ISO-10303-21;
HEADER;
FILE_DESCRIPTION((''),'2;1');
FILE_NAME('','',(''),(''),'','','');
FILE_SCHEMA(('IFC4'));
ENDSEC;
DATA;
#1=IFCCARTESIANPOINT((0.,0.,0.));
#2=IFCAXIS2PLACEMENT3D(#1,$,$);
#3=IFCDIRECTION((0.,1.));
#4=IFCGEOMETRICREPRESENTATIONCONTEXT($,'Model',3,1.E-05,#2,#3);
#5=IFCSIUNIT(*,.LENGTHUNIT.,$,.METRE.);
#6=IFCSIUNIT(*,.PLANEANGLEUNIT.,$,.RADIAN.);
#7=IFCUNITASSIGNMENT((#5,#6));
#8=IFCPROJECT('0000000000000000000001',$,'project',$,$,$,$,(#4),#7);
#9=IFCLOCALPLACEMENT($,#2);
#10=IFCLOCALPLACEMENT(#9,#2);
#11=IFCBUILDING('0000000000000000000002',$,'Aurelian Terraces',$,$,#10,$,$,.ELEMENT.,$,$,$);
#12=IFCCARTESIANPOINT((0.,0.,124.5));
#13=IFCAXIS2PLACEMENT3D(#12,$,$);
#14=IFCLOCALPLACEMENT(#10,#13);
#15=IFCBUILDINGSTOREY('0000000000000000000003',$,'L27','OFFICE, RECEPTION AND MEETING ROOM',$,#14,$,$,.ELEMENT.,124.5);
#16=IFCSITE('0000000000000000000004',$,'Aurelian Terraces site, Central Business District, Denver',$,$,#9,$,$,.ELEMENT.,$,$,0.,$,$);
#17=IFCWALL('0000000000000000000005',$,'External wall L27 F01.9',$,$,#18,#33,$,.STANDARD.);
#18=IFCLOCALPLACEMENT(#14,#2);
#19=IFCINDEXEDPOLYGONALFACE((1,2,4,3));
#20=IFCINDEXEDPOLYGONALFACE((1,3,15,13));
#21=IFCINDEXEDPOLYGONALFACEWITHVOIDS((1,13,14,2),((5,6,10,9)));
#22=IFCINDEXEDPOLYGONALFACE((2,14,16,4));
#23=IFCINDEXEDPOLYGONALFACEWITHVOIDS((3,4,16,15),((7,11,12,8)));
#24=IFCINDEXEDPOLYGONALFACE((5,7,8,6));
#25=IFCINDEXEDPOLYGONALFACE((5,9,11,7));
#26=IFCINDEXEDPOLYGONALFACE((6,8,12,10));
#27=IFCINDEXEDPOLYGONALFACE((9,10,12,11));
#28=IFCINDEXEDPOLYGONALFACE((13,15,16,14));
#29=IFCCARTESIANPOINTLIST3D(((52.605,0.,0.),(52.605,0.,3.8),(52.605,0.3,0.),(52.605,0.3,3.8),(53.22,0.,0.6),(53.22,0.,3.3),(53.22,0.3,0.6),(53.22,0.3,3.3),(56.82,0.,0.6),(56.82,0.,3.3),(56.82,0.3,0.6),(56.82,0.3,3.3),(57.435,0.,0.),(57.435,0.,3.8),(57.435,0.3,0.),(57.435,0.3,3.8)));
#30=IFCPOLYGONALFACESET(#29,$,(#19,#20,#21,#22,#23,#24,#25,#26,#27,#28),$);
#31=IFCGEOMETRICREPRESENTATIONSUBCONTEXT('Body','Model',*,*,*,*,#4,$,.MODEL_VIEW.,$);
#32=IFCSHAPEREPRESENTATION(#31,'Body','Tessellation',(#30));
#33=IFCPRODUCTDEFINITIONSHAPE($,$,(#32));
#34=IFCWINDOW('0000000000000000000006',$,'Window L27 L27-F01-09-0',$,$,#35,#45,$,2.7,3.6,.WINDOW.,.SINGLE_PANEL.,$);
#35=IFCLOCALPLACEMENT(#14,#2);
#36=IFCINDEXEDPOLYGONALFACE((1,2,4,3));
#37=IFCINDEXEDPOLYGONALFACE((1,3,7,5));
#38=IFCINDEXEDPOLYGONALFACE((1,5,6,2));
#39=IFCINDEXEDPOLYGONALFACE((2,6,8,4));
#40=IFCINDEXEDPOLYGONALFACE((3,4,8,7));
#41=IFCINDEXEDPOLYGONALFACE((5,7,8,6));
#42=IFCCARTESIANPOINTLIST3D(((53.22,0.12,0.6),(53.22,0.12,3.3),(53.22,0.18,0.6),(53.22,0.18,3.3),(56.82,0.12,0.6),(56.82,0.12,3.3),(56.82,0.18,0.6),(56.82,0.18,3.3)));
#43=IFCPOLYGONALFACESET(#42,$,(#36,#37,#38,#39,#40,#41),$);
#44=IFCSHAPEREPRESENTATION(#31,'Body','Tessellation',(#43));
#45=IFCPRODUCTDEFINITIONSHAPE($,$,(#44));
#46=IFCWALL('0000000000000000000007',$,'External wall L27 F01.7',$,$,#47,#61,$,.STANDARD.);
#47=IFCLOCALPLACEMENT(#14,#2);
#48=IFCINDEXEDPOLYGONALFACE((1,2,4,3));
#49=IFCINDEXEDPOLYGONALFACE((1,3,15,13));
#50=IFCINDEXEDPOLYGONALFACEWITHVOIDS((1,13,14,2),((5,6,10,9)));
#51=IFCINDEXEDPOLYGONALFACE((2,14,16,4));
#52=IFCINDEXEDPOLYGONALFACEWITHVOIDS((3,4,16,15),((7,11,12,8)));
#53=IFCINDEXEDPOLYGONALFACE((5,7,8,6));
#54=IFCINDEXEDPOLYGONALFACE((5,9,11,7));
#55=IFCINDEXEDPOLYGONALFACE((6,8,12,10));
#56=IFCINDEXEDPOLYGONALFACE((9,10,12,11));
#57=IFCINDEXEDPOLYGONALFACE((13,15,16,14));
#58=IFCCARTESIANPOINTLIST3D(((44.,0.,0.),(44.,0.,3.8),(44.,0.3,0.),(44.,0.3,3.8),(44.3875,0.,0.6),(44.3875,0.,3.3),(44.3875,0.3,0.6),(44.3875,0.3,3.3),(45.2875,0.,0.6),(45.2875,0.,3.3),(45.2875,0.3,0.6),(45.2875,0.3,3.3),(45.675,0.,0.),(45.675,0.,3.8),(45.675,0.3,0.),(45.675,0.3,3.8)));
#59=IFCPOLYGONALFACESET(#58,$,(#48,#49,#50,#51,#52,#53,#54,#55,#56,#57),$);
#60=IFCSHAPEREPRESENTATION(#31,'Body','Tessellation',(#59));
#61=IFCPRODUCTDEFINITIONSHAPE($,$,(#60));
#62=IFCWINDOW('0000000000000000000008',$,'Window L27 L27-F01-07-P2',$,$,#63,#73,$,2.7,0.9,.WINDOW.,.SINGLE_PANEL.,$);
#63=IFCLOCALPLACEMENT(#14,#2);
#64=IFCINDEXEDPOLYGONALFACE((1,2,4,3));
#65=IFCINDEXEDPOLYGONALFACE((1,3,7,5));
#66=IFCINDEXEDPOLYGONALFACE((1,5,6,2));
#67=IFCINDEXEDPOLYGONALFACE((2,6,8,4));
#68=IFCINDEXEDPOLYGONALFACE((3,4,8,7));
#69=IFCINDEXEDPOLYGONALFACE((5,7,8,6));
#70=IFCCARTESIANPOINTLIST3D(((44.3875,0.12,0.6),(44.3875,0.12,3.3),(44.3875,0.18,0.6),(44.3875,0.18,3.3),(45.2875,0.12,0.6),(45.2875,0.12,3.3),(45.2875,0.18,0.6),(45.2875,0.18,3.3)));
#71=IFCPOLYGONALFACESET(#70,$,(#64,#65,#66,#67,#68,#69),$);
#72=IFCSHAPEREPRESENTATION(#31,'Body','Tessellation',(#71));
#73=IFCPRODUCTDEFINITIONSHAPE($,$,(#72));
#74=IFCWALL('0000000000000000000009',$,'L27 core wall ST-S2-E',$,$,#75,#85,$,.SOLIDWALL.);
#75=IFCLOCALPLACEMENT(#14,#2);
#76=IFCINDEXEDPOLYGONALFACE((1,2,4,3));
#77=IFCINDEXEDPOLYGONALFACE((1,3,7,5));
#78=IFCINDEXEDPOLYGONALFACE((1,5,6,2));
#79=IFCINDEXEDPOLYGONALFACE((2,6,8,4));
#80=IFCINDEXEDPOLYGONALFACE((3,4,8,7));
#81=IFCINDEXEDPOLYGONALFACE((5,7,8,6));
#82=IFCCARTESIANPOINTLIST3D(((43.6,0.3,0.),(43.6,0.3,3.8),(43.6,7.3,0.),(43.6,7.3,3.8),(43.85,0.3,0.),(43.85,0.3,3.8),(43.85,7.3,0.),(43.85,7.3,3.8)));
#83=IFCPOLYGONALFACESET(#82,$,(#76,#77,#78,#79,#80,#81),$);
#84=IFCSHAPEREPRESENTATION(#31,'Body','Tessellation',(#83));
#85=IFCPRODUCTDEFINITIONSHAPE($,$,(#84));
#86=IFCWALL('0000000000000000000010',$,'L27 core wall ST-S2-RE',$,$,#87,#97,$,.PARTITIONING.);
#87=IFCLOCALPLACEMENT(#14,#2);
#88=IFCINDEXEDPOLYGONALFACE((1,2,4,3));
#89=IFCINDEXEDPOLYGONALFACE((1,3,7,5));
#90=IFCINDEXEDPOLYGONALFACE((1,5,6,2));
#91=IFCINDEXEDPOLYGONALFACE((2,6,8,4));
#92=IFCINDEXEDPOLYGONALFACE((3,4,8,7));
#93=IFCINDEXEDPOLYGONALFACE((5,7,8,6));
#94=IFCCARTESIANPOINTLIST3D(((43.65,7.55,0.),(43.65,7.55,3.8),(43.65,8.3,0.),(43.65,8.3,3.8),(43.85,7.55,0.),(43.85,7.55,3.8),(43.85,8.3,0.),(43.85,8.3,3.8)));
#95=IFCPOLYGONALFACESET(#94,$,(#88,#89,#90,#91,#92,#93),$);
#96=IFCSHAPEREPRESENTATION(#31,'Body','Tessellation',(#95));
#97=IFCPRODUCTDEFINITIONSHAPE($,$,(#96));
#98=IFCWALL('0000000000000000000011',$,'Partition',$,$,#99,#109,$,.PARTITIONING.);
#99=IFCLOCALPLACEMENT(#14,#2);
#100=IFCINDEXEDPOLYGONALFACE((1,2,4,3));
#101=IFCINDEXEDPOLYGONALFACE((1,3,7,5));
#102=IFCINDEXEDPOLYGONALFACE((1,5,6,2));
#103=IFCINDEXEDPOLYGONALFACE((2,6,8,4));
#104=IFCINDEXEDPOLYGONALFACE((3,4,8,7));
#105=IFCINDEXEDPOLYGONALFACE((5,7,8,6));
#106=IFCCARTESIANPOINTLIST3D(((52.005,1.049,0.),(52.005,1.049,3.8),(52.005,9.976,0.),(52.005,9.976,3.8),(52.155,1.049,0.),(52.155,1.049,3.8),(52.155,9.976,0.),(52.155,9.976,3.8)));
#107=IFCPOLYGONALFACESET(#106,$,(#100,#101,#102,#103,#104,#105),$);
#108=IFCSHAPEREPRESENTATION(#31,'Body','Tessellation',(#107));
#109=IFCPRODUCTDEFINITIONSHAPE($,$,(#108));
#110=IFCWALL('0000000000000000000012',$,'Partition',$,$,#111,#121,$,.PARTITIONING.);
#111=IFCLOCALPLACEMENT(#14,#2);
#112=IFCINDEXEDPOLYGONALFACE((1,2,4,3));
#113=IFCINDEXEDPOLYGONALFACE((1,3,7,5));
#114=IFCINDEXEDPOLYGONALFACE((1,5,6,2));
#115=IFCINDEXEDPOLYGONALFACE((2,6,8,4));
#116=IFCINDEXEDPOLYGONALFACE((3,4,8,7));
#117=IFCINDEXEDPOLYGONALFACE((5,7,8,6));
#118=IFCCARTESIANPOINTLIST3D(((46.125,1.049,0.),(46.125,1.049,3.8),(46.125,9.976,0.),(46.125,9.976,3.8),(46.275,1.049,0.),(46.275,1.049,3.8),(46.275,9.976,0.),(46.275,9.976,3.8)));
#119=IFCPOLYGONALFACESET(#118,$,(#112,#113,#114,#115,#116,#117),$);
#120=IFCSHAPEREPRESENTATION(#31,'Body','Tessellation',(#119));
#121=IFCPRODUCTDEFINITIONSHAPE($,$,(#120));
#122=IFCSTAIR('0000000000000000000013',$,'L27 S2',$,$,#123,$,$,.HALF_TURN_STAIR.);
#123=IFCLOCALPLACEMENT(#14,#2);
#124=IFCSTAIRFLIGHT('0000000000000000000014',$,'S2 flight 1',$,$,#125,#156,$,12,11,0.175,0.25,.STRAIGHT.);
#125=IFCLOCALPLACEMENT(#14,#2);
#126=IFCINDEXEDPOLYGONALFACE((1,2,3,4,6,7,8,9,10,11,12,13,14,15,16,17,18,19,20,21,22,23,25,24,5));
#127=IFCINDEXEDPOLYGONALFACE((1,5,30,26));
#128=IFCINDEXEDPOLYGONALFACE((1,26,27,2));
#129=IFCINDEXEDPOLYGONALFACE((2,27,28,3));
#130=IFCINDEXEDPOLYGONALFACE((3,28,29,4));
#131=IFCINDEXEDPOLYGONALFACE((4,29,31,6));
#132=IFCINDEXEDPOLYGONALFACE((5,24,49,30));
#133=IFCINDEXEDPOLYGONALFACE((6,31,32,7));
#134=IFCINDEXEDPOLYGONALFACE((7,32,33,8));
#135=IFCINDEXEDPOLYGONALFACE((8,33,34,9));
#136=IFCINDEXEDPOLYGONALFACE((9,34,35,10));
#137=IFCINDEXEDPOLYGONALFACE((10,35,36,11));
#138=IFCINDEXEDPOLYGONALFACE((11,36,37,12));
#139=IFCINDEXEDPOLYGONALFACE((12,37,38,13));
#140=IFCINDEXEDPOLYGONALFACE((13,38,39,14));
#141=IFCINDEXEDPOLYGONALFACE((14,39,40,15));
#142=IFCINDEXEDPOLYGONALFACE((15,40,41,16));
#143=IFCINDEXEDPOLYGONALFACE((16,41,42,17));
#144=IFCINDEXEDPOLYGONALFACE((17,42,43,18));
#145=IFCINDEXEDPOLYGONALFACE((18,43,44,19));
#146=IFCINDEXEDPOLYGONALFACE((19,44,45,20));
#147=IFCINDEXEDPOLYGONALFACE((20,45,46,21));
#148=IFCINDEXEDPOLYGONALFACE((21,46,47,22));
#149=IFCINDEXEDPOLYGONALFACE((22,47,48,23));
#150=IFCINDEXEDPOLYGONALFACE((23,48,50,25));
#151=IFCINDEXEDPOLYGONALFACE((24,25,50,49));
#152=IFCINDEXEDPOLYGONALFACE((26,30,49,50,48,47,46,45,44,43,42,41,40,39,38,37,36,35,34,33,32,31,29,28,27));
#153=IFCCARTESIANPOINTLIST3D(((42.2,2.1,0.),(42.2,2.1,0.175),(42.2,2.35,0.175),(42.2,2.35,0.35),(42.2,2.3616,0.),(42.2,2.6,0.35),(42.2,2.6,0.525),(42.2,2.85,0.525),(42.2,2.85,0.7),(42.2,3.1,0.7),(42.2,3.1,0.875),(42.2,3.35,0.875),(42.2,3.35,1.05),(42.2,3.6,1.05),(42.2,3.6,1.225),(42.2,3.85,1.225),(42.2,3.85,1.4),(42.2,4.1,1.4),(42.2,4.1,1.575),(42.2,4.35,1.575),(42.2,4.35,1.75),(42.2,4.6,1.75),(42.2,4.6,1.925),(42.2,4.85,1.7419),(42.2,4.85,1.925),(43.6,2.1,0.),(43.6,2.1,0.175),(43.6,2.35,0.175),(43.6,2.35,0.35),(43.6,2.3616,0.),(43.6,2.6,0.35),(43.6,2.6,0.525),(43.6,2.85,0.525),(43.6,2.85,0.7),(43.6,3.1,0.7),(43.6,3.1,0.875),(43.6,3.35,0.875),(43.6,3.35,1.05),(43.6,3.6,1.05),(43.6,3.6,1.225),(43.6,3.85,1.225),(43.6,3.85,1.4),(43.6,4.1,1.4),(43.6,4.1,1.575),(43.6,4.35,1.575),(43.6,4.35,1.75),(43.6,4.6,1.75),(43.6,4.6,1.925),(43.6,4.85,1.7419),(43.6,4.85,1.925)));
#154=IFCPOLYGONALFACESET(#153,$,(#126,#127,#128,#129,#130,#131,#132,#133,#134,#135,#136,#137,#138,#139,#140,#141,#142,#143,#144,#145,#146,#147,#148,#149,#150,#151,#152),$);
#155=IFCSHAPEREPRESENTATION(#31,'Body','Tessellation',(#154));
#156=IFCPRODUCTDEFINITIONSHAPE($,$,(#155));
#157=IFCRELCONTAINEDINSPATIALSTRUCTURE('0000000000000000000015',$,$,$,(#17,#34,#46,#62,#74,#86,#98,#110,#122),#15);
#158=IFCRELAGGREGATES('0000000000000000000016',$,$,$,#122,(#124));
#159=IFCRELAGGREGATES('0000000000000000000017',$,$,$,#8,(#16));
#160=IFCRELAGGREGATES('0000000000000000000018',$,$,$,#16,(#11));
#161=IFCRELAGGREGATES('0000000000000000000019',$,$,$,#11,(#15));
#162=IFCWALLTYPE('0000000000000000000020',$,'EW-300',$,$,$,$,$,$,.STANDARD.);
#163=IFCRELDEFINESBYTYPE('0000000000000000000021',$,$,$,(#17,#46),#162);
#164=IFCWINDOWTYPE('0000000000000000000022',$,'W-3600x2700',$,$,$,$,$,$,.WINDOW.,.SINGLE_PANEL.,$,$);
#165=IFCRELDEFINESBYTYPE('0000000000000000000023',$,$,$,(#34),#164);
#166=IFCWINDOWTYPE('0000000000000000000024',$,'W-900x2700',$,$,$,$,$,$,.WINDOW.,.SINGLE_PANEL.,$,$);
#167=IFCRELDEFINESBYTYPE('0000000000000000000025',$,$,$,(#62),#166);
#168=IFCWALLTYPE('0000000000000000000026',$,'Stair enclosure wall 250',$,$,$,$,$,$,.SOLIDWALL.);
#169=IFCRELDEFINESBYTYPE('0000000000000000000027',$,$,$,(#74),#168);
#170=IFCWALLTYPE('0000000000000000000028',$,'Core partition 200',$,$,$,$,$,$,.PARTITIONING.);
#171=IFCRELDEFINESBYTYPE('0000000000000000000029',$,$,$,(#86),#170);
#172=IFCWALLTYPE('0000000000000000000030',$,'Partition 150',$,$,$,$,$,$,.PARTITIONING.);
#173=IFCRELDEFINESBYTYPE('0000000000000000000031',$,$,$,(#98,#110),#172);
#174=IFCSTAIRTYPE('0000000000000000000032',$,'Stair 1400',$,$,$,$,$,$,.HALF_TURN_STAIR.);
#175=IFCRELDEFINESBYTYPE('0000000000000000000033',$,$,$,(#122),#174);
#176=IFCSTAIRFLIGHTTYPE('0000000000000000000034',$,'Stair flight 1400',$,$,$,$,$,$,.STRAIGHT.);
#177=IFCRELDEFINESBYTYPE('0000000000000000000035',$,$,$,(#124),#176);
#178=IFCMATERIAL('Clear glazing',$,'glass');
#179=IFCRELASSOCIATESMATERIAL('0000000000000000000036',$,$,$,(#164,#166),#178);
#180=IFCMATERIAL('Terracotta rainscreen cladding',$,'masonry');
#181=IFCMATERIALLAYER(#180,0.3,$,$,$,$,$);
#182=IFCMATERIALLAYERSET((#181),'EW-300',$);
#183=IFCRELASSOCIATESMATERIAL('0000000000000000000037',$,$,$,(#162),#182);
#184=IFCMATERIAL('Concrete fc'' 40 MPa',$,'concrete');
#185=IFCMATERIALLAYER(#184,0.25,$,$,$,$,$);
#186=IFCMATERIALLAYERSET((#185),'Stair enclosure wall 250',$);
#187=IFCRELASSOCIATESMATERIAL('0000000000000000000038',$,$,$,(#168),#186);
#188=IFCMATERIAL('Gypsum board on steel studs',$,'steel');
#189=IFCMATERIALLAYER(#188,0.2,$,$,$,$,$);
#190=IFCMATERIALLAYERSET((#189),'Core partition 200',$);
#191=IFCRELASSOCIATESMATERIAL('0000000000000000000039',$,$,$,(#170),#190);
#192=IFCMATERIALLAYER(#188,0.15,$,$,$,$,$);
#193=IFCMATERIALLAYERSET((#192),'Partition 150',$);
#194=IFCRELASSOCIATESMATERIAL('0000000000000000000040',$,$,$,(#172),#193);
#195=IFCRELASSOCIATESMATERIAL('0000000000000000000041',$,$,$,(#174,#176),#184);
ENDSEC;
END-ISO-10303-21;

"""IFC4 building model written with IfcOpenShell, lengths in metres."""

from ifc_helpers import new_model, si_unit, direction, frame, frame_2d, origin, place, context, subcontext, project, spatial, polyline, rectangle, outline, extrude, source, transform, mapped, material, layer, layer_set, type_object, element, fill, aggregate, save


model = new_model("IFC4")

# Units and contexts
model_context = context("Model", 3, precision=1e-05, world=origin(), true_north=direction((0.0, 1.0)))
body_context = subcontext(model_context, "Body", "Model", "MODEL_VIEW")
ifc_project = project(units=[si_unit("LENGTHUNIT", "METRE"), si_unit("PLANEANGLEUNIT", "RADIAN")], contexts=[model_context])

# Site, building, storey
site_placement = place(None, origin())
site = spatial("IfcSite", under=ifc_project, at=site_placement, Name="Aurelian Terraces site, Central Business District, Denver", CompositionType="ELEMENT", RefElevation=0.0)
building_placement = place(site_placement, origin())
building = spatial("IfcBuilding", under=site, at=building_placement, Name="Aurelian Terraces", CompositionType="ELEMENT")
storey_placement = place(building_placement, frame((0.0, 0.0, 124.5)))
storey = spatial("IfcBuildingStorey", under=building, at=storey_placement, Name="L27", Description="OFFICE, RECEPTION AND MEETING ROOM", CompositionType="ELEMENT", Elevation=124.5)

# Shared definitions
ifc_material_1 = material(Name="Concrete fc' 40 MPa", Category="concrete")
ifc_material_2 = material(Name="Clear glazing", Category="glass")
shared_shape_1 = source(origin(), body_context, "Body", "SweptSolid", [
    extrude(rectangle(XDim=3.6, YDim=2.7, at=frame_2d((1.8, 1.35))), frame((0.0, 0.16, 0.0), z_axis=(0.0, -1.0, 0.0), x_axis=(1.0, 0.0, 0.0)), (0.0, 0.0, 1.0), 0.32),
])
window_type_1 = type_object("IfcWindowType", Name="W-3600x2700", PartitioningType="SINGLE_PANEL", PredefinedType="WINDOW", material=ifc_material_2)
shared_shape_2 = source(origin(), body_context, "Body", "SweptSolid", [
    extrude(rectangle(XDim=3.6, YDim=2.7, at=frame_2d((1.8, 1.35))), frame((0.0, 0.03, 0.0), z_axis=(0.0, -1.0, 0.0), x_axis=(1.0, 0.0, 0.0)), (0.0, 0.0, 1.0), 0.06),
])

# Shared definitions
ifc_material_3 = material(Name="Terracotta rainscreen cladding", Category="masonry")
ifc_layer_1 = layer(ifc_material_3, 0.3)
ifc_layer_set_1 = layer_set([ifc_layer_1], Name="EW-300")
wall_type_1 = type_object("IfcWallType", Name="EW-300", PredefinedType="STANDARD", material=ifc_layer_set_1)
shared_shape_3 = source(origin(), body_context, "Body", "SweptSolid", [
    extrude(rectangle(XDim=4.83, YDim=0.3, at=frame_2d((2.415, 0.0))), origin(), (0.0, 0.0, 1.0), 3.8),
])

# Walls, openings, windows
wall_1_placement = place(storey_placement, frame((52.605, 0.15, 0.0), z_axis=(0.0, 0.0, 1.0), x_axis=(1.0, 0.0, 0.0)))
wall_1 = element("IfcWall", 1, at=wall_1_placement, inside=storey, type_object=wall_type_1, Name="External wall L27 F01.9", PredefinedType="STANDARD", context=body_context, shape_type="MappedRepresentation", body=[
    mapped(shared_shape_3, transform((0.0, 0.0, 0.0), scale=1.0)),
])
opening_1_placement = place(wall_1_placement, frame((0.615, 0.0, 0.6)))
opening_1 = element("IfcOpeningElement", 2, at=opening_1_placement, cuts=wall_1, PredefinedType="OPENING", context=body_context, shape_type="MappedRepresentation", body=[
    mapped(shared_shape_1, transform((0.0, 0.0, 0.0), scale=1.0)),
])
window_1_placement = place(opening_1_placement, origin())
window_1 = element("IfcWindow", 3, at=window_1_placement, inside=storey, type_object=window_type_1, Name="Window L27 L27-F01-09-0", OverallHeight=2.7, OverallWidth=3.6, PartitioningType="SINGLE_PANEL", PredefinedType="WINDOW", context=body_context, shape_type="MappedRepresentation", body=[
    mapped(shared_shape_2, transform((0.0, 0.0, 0.0), scale=1.0)),
])
fill(opening_1, window_1)
shared_shape_4 = source(origin(), body_context, "Body", "SweptSolid", [
    extrude(rectangle(XDim=1.675, YDim=0.3, at=frame_2d((0.8375, 0.0))), origin(), (0.0, 0.0, 1.0), 3.8),
])
wall_2_placement = place(storey_placement, frame((44.0, 0.15, 0.0), z_axis=(0.0, 0.0, 1.0), x_axis=(1.0, 0.0, 0.0)))
wall_2 = element("IfcWall", 4, at=wall_2_placement, inside=storey, type_object=wall_type_1, Name="External wall L27 F01.7", PredefinedType="STANDARD", context=body_context, shape_type="MappedRepresentation", body=[
    mapped(shared_shape_4, transform((0.0, 0.0, 0.0), scale=1.0)),
])
shared_shape_5 = source(origin(), body_context, "Body", "SweptSolid", [
    extrude(rectangle(XDim=0.9, YDim=2.7, at=frame_2d((0.45, 1.35))), frame((0.0, 0.16, 0.0), z_axis=(0.0, -1.0, 0.0), x_axis=(1.0, 0.0, 0.0)), (0.0, 0.0, 1.0), 0.32),
])
opening_2_placement = place(wall_2_placement, frame((0.3875, 0.0, 0.6)))
opening_2 = element("IfcOpeningElement", 5, at=opening_2_placement, cuts=wall_2, PredefinedType="OPENING", context=body_context, shape_type="MappedRepresentation", body=[
    mapped(shared_shape_5, transform((0.0, 0.0, 0.0), scale=1.0)),
])
window_type_2 = type_object("IfcWindowType", Name="W-900x2700", PartitioningType="SINGLE_PANEL", PredefinedType="WINDOW", material=ifc_material_2)
shared_shape_6 = source(origin(), body_context, "Body", "SweptSolid", [
    extrude(rectangle(XDim=0.9, YDim=2.7, at=frame_2d((0.45, 1.35))), frame((0.0, 0.03, 0.0), z_axis=(0.0, -1.0, 0.0), x_axis=(1.0, 0.0, 0.0)), (0.0, 0.0, 1.0), 0.06),
])
window_2_placement = place(opening_2_placement, origin())
window_2 = element("IfcWindow", 6, at=window_2_placement, inside=storey, type_object=window_type_2, Name="Window L27 L27-F01-07-P2", OverallHeight=2.7, OverallWidth=0.9, PartitioningType="SINGLE_PANEL", PredefinedType="WINDOW", context=body_context, shape_type="MappedRepresentation", body=[
    mapped(shared_shape_6, transform((0.0, 0.0, 0.0), scale=1.0)),
])
fill(opening_2, window_2)

# Walls
ifc_layer_2 = layer(ifc_material_1, 0.25)
ifc_layer_set_2 = layer_set([ifc_layer_2], Name="Stair enclosure wall 250")
wall_type_2 = type_object("IfcWallType", Name="Stair enclosure wall 250", PredefinedType="SOLIDWALL", material=ifc_layer_set_2)
shared_shape_7 = source(origin(), body_context, "Body", "SweptSolid", [
    extrude(rectangle(XDim=7.0, YDim=0.25, at=frame_2d((3.5, 0.0))), origin(), (0.0, 0.0, 1.0), 3.8),
])
wall_3_placement = place(storey_placement, frame((43.725, 0.3, 0.0), z_axis=(0.0, 0.0, 1.0), x_axis=(0.0, 1.0, 0.0)))
element("IfcWall", 7, at=wall_3_placement, inside=storey, type_object=wall_type_2, Name="L27 core wall ST-S2-E", PredefinedType="SOLIDWALL", context=body_context, shape_type="MappedRepresentation", body=[
    mapped(shared_shape_7, transform((0.0, 0.0, 0.0), scale=1.0)),
])
ifc_material_4 = material(Name="Gypsum board on steel studs", Category="steel")
ifc_layer_3 = layer(ifc_material_4, 0.2)
ifc_layer_set_3 = layer_set([ifc_layer_3], Name="Core partition 200")
wall_type_3 = type_object("IfcWallType", Name="Core partition 200", PredefinedType="PARTITIONING", material=ifc_layer_set_3)
shared_shape_8 = source(origin(), body_context, "Body", "SweptSolid", [
    extrude(rectangle(XDim=0.75, YDim=0.2, at=frame_2d((0.375, 0.0))), origin(), (0.0, 0.0, 1.0), 3.8),
])
wall_4_placement = place(storey_placement, frame((43.75, 7.55, 0.0), z_axis=(0.0, 0.0, 1.0), x_axis=(0.0, 1.0, 0.0)))
element("IfcWall", 8, at=wall_4_placement, inside=storey, type_object=wall_type_3, Name="L27 core wall ST-S2-RE", PredefinedType="PARTITIONING", context=body_context, shape_type="MappedRepresentation", body=[
    mapped(shared_shape_8, transform((0.0, 0.0, 0.0), scale=1.0)),
])
ifc_layer_4 = layer(ifc_material_4, 0.15)
ifc_layer_set_4 = layer_set([ifc_layer_4], Name="Partition 150")
wall_type_4 = type_object("IfcWallType", Name="Partition 150", PredefinedType="PARTITIONING", material=ifc_layer_set_4)
shared_shape_9 = source(origin(), body_context, "Body", "SweptSolid", [
    extrude(rectangle(XDim=8.927, YDim=0.15, at=frame_2d((4.4635, 0.0))), origin(), (0.0, 0.0, 1.0), 3.8),
])
for number, where, z_axis, x_axis, name in (
    (9, (52.08, 1.049, 0.0), (0.0, 0.0, 1.0), (0.0, 1.0, 0.0), "Partition"),
    (10, (46.2, 1.049, 0.0), (0.0, 0.0, 1.0), (0.0, 1.0, 0.0), "Partition"),
):
    element("IfcWall", number, at=place(storey_placement, frame(where, z_axis=z_axis, x_axis=x_axis)), inside=storey, type_object=wall_type_4, Name=name, PredefinedType="PARTITIONING", context=body_context, shape_type="MappedRepresentation", body=[
        mapped(shared_shape_9, transform((0.0, 0.0, 0.0), scale=1.0)),
    ])

# Stair, stair flight
stair_type = type_object("IfcStairType", Name="Stair 1400", PredefinedType="HALF_TURN_STAIR", material=ifc_material_1)
stair_placement = place(storey_placement, origin())
stair = element("IfcStair", 11, at=stair_placement, inside=storey, type_object=stair_type, Name="L27 S2", PredefinedType="HALF_TURN_STAIR")
stair_flight_type = type_object("IfcStairFlightType", Name="Stair flight 1400", PredefinedType="STRAIGHT", material=ifc_material_1)
shared_shape_10 = source(origin(), body_context, "Body", "SweptSolid", [
    extrude(outline(polyline([(0.0, 0.0), (0.0, 0.175), (0.25, 0.175), (0.25, 0.35), (0.5, 0.35), (0.5, 0.525), (0.75, 0.525), (0.75, 0.7), (1.0, 0.7), (1.0, 0.875), (1.25, 0.875), (1.25, 1.05), (1.5, 1.05), (1.5, 1.225), (1.75, 1.225), (1.75, 1.4), (2.0, 1.4), (2.0, 1.575), (2.25, 1.575), (2.25, 1.75), (2.5, 1.75), (2.5, 1.925), (2.75, 1.925), (2.75, 2.1), (2.75, 1.7419), (0.2616, 0.0), (0.0, 0.0)])), frame((0.0, 0.7, 0.0), z_axis=(0.0, -1.0, 0.0), x_axis=(1.0, 0.0, 0.0)), (0.0, 0.0, 1.0), 1.4),
])
stair_flight_placement = place(storey_placement, frame((42.9, 2.1, 0.0), z_axis=(0.0, 0.0, 1.0), x_axis=(0.0, 1.0, 0.0)))
stair_flight = element("IfcStairFlight", 12, at=stair_flight_placement, type_object=stair_flight_type, Name="S2 flight 1", NumberOfRisers=12, NumberOfTreads=11, PredefinedType="STRAIGHT", RiserHeight=0.175, TreadLength=0.25, context=body_context, shape_type="MappedRepresentation", body=[
    mapped(shared_shape_10, transform((0.0, 0.0, 0.0), scale=1.0)),
])
aggregate(stair, [stair_flight])

save(model, "model.ifc")
